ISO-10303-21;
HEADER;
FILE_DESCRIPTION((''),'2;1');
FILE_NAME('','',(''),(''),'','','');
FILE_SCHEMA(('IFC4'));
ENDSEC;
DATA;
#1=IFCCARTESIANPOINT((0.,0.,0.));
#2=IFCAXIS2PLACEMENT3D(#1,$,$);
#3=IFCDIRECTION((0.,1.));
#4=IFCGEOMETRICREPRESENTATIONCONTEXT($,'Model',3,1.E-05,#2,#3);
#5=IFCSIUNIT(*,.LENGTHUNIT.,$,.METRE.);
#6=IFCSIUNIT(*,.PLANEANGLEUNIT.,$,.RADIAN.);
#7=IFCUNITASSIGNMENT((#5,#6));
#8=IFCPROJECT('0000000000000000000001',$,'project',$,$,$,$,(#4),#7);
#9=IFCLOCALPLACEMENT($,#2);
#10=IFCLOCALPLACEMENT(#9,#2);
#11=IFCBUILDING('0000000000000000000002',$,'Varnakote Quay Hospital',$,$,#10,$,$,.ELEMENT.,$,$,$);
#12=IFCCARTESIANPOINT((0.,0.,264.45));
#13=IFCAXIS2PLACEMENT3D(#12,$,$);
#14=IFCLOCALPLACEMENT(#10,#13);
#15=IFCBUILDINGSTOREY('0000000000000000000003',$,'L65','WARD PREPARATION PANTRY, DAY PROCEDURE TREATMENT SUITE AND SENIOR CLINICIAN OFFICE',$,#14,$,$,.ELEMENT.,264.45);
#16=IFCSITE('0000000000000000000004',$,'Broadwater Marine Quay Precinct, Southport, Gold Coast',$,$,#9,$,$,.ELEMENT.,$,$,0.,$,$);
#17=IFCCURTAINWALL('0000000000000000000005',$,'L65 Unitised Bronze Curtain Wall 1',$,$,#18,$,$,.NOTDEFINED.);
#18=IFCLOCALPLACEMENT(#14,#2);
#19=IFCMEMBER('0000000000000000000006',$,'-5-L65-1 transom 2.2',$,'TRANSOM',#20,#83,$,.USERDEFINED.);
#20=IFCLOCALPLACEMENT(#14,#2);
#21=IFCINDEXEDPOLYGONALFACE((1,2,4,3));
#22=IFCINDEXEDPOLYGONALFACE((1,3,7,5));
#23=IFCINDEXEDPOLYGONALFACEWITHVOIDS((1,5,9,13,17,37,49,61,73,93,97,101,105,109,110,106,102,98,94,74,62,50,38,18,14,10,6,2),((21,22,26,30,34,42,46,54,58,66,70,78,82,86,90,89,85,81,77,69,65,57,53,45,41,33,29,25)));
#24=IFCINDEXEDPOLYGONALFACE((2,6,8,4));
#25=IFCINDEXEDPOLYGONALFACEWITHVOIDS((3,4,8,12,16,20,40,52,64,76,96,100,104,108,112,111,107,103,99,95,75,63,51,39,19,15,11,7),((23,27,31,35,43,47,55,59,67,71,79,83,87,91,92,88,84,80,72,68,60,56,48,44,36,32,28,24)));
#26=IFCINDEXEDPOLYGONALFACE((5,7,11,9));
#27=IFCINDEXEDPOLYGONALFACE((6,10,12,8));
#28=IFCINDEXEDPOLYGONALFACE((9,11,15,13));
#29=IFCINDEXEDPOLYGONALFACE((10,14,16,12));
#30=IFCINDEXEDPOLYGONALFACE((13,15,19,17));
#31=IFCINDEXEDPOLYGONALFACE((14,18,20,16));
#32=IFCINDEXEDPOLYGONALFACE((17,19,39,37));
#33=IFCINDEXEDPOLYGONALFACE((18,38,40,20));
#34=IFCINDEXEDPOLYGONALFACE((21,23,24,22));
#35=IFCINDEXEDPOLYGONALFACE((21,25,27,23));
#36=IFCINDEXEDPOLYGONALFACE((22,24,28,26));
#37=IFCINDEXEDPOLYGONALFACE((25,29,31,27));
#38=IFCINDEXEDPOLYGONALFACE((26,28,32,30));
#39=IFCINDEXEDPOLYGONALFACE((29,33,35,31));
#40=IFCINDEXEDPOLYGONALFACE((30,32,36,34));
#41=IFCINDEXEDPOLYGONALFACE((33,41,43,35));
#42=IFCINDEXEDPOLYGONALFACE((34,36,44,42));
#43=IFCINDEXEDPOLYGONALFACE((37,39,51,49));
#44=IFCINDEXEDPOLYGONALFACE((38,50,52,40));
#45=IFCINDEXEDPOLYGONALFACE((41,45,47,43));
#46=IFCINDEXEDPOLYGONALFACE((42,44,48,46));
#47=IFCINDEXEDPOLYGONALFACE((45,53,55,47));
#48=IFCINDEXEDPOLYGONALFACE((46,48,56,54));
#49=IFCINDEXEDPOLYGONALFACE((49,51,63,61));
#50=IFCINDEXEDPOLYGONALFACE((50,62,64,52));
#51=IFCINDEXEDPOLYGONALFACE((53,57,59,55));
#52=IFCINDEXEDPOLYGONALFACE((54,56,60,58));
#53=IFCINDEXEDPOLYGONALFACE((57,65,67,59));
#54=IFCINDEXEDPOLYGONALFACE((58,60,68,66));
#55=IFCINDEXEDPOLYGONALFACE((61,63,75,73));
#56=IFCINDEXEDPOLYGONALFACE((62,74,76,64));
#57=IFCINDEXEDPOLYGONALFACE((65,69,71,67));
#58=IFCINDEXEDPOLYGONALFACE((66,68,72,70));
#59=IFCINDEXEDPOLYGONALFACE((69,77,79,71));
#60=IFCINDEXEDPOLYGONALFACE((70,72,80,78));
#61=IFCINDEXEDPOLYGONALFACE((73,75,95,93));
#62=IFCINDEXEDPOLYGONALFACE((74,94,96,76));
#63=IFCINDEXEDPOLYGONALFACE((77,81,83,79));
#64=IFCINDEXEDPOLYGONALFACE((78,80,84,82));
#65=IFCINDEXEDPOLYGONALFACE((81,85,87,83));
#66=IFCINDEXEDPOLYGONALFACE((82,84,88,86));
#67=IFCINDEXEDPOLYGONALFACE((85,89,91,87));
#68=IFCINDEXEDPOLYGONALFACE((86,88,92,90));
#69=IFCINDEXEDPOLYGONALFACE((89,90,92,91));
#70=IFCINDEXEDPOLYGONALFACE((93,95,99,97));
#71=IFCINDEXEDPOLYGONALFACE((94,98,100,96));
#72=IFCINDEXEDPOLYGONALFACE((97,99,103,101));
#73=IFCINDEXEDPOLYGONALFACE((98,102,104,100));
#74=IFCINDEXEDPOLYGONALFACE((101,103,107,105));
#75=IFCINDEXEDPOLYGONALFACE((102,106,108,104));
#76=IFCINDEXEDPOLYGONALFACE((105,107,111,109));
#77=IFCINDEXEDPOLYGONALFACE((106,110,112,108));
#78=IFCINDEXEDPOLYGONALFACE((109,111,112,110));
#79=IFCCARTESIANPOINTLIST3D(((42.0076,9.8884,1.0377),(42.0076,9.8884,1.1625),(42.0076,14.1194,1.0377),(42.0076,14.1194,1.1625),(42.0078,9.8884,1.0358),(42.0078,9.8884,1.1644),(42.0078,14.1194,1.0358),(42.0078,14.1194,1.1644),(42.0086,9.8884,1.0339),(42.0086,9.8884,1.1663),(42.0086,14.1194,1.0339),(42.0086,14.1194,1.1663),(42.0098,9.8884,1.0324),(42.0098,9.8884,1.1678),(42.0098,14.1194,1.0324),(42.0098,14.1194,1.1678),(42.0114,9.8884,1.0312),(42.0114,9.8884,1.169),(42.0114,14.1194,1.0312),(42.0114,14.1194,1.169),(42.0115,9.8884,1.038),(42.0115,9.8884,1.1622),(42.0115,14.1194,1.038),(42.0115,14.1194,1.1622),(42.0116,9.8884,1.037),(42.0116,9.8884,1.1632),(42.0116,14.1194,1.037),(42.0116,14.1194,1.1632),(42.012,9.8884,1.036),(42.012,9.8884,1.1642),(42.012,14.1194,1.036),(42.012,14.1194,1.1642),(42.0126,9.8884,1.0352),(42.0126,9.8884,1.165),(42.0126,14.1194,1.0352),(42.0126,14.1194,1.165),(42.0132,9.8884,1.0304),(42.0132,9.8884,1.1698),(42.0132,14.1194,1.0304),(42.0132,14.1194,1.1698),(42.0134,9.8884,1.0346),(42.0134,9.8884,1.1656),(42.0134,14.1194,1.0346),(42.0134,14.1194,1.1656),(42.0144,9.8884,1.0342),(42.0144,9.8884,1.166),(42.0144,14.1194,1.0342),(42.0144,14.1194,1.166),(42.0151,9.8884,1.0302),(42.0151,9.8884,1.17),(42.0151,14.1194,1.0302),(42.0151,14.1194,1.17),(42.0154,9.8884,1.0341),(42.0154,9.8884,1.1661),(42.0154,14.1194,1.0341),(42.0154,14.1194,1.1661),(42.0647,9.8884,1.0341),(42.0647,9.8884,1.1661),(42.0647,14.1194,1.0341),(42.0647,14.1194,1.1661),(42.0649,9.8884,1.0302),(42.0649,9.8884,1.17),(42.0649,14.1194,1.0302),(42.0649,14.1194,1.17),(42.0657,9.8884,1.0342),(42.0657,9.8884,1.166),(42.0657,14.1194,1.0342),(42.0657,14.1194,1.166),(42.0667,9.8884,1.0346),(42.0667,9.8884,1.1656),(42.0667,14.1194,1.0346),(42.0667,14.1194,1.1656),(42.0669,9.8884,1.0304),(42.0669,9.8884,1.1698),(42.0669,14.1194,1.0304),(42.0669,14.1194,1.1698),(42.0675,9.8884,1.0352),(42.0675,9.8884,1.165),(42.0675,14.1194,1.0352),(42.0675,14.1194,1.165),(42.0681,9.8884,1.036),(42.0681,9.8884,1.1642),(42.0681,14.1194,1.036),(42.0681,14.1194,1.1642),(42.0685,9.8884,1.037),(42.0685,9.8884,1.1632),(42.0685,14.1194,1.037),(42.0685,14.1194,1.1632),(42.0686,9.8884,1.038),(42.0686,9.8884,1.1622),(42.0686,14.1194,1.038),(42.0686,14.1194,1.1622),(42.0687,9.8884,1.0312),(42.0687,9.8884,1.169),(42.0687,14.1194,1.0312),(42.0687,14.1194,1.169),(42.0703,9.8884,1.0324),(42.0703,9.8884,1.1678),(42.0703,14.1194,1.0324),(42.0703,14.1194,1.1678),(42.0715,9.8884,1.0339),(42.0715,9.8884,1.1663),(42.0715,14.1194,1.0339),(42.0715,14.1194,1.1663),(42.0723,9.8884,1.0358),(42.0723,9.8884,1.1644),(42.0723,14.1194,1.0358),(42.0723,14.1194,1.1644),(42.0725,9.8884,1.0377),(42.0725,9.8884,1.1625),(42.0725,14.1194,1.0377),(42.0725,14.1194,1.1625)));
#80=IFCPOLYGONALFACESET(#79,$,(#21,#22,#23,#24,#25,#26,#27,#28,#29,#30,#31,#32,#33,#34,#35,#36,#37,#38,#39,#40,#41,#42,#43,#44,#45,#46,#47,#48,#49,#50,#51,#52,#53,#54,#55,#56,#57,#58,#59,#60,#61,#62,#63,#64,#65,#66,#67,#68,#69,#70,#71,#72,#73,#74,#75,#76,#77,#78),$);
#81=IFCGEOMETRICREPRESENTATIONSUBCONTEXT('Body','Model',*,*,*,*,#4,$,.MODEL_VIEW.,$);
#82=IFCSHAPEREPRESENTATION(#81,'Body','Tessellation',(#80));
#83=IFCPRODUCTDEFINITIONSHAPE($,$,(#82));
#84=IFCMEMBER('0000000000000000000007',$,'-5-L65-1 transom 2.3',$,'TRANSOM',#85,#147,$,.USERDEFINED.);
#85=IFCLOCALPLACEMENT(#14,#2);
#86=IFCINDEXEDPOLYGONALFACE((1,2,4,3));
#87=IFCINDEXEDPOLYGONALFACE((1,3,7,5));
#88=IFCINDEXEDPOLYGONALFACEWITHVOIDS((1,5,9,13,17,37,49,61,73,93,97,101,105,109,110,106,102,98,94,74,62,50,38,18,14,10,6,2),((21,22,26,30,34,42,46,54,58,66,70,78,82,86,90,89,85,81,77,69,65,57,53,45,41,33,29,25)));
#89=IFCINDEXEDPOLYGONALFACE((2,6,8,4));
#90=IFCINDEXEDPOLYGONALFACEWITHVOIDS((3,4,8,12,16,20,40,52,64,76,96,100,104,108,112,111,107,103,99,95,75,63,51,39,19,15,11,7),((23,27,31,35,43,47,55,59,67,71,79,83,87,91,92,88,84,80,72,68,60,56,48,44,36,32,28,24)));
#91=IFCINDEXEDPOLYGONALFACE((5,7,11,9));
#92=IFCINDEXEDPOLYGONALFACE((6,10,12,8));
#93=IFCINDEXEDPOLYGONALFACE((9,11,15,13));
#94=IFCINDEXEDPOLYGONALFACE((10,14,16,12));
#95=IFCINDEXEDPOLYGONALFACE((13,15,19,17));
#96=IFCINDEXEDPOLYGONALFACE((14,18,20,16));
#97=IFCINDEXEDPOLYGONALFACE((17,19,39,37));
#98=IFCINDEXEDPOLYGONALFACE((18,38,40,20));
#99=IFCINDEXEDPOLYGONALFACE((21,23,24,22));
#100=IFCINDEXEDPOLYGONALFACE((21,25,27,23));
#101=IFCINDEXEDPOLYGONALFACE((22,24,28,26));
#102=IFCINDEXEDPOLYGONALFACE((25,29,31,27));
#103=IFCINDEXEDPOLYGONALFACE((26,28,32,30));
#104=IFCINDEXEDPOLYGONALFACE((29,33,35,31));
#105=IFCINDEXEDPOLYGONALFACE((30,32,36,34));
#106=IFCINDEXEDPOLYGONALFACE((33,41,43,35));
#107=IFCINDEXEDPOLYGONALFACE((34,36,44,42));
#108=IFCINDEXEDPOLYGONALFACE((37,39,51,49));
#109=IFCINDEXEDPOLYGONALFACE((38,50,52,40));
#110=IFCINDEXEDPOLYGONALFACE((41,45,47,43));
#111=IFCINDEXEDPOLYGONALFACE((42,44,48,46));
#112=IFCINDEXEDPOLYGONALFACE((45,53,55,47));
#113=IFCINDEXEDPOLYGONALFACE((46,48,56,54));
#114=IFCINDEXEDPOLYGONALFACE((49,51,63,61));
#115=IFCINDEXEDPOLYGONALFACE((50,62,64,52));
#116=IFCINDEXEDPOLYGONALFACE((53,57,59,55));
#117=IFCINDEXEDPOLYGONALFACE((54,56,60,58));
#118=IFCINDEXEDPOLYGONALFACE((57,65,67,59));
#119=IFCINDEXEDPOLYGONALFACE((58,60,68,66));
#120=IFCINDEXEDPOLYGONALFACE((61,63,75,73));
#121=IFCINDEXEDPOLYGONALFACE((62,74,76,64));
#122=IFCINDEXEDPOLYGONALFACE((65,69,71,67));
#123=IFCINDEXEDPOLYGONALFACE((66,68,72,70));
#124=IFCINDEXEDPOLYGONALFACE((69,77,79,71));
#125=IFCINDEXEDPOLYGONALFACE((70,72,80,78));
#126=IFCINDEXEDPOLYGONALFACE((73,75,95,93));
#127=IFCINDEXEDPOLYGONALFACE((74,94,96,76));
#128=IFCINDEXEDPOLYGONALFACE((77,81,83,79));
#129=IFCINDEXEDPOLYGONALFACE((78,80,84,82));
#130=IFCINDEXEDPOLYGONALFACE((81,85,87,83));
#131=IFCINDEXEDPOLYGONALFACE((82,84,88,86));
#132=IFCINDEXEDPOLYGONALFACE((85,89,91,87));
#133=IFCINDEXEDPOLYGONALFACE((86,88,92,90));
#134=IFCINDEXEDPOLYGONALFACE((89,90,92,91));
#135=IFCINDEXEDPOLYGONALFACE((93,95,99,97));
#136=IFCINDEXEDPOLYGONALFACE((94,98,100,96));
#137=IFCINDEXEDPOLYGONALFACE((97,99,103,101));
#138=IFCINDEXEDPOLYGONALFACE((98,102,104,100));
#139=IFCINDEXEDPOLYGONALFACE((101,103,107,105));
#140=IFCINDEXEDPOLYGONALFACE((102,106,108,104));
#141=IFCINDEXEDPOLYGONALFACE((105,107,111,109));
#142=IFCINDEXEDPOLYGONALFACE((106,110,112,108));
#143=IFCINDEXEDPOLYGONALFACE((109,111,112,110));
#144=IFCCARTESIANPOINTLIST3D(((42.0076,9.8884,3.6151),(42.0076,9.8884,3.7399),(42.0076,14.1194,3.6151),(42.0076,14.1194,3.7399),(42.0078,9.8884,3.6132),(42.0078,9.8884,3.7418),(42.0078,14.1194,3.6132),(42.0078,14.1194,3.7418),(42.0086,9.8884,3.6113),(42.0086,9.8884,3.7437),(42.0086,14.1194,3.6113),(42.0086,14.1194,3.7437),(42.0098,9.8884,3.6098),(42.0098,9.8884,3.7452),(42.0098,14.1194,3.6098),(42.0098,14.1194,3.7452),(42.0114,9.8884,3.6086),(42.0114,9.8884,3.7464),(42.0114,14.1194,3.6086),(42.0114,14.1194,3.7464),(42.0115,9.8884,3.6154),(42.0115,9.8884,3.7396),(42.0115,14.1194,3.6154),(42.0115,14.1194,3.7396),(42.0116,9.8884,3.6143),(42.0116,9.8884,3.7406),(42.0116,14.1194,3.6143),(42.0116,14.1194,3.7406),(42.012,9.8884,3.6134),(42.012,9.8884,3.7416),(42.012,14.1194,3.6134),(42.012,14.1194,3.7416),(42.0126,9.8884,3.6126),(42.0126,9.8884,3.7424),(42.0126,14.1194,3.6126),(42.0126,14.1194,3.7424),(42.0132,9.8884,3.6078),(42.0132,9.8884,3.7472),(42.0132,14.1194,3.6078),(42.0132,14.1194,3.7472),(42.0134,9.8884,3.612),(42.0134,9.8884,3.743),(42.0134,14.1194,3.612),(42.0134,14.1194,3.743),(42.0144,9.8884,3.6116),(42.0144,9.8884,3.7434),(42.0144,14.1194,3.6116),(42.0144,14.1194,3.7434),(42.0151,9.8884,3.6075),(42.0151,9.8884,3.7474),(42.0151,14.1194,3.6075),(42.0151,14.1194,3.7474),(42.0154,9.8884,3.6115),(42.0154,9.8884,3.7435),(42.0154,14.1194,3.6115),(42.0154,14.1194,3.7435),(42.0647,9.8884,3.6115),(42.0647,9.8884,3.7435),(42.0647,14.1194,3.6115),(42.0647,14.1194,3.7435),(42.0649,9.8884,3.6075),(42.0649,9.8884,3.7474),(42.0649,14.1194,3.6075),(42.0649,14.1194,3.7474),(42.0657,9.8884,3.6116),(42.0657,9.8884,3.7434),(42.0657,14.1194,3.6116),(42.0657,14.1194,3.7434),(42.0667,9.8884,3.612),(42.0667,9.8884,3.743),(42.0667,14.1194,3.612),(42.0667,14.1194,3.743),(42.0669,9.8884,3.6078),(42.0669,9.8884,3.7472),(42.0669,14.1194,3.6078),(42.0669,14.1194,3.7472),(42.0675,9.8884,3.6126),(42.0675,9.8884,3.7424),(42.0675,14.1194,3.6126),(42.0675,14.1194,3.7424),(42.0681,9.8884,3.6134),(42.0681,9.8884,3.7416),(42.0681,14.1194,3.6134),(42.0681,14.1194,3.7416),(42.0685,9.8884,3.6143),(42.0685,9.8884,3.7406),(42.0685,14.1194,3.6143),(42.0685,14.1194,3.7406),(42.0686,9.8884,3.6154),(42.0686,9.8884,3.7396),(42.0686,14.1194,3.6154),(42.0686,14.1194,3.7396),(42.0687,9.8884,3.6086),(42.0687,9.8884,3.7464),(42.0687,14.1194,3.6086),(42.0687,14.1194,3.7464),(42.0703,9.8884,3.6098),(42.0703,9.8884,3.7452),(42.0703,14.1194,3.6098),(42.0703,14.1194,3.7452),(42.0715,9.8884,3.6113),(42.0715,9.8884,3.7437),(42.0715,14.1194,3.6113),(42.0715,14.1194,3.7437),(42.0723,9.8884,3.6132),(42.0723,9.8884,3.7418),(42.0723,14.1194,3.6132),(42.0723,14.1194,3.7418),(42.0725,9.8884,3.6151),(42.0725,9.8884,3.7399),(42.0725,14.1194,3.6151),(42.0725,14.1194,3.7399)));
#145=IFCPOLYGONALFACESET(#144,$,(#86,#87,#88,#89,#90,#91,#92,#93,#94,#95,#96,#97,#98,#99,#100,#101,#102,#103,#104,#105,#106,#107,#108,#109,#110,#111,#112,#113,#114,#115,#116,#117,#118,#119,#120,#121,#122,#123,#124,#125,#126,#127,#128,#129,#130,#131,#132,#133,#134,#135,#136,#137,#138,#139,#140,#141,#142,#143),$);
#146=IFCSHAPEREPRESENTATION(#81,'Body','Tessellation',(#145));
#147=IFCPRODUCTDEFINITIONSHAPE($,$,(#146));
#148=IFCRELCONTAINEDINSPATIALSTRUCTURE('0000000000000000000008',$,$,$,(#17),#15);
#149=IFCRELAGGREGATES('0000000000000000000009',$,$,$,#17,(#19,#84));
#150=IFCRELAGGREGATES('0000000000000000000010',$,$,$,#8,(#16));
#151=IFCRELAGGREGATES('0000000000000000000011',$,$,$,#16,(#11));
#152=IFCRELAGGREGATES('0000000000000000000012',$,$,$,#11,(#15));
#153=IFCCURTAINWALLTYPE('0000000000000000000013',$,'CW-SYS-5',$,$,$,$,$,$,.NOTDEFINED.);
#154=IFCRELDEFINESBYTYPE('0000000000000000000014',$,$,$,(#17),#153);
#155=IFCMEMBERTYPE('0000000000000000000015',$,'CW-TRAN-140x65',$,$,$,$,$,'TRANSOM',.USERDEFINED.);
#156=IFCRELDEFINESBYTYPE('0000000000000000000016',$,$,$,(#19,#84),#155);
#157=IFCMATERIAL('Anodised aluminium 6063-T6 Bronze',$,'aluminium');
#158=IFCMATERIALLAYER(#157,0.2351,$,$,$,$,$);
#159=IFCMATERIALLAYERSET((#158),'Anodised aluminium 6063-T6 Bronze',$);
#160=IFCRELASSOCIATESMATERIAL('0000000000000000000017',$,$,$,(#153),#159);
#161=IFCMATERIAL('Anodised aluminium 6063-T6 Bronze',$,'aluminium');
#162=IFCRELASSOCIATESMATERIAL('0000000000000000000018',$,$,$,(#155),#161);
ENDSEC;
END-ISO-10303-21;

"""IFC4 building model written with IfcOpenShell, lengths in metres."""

from ifc_helpers import new_model, si_unit, direction, frame, origin, origin_2d, place, context, subcontext, project, spatial, hollow_rectangle, extrude, material, layer, layer_set, material_profile, profile_set, type_object, element, aggregate, save


model = new_model("IFC4")

# Units and contexts
model_context = context("Model", 3, precision=1e-05, world=origin(), true_north=direction((0.0, 1.0)))
body_context = subcontext(model_context, "Body", "Model", "MODEL_VIEW")
ifc_project = project(units=[si_unit("LENGTHUNIT", "METRE"), si_unit("PLANEANGLEUNIT", "RADIAN")], contexts=[model_context])

# Site, building, storey
site_placement = place(None, origin())
site = spatial("IfcSite", under=ifc_project, at=site_placement, Name="Broadwater Marine Quay Precinct, Southport, Gold Coast", CompositionType="ELEMENT", RefElevation=0.0)
building_placement = place(site_placement, origin())
building = spatial("IfcBuilding", under=site, at=building_placement, Name="Varnakote Quay Hospital", CompositionType="ELEMENT")
storey_placement = place(building_placement, frame((0.0, 0.0, 264.45)))
storey = spatial("IfcBuildingStorey", under=building, at=storey_placement, Name="L65", Description="WARD PREPARATION PANTRY, DAY PROCEDURE TREATMENT SUITE AND SENIOR CLINICIAN OFFICE", CompositionType="ELEMENT", Elevation=264.45)

# Curtain wall, members
ifc_material_1 = material(Name="Anodised aluminium 6063-T6 Bronze", Category="aluminium")
ifc_layer_1 = layer(ifc_material_1, 0.2351)
ifc_layer_set_1 = layer_set([ifc_layer_1], Name="Anodised aluminium 6063-T6 Bronze")
curtain_wall_type = type_object("IfcCurtainWallType", Name="CW-SYS-5", PredefinedType="NOTDEFINED", material=ifc_layer_set_1)
curtain_wall_placement = place(storey_placement, origin())
curtain_wall = element("IfcCurtainWall", 1, at=curtain_wall_placement, inside=storey, type_object=curtain_wall_type, Name="L65 Unitised Bronze Curtain Wall 1", PredefinedType="NOTDEFINED")
ifc_material_2 = material(Name="Anodised aluminium 6063-T6 Bronze", Category="aluminium")
ifc_material_profile_1 = material_profile(ifc_material_2, hollow_rectangle(XDim=0.0649, YDim=0.1399, WallThickness=0.0039, InnerFilletRadius=0.0039, OuterFilletRadius=0.0076, at=origin_2d()), Name="CW-TRAN-140x65")
ifc_profile_set_1 = profile_set([ifc_material_profile_1], Name="Anodised aluminium 6063-T6 Bronze")
member_type_1 = type_object("IfcMemberType", Name="CW-TRAN-140x65", ElementType="TRANSOM", PredefinedType="USERDEFINED", material=ifc_profile_set_1)
member_1_placement = place(storey_placement, frame((42.04, 9.8884, 1.1001), z_axis=(0.0, 1.0, 0.0), x_axis=(-1.0, 0.0, 0.0)))
member_1 = element("IfcMember", 2, at=member_1_placement, type_object=member_type_1, Name="-5-L65-1 transom 2.2", ObjectType="TRANSOM", PredefinedType="USERDEFINED", context=body_context, shape_type="SweptSolid", body=[
    extrude(hollow_rectangle(XDim=0.0649, YDim=0.1399, WallThickness=0.0039, InnerFilletRadius=0.0039, OuterFilletRadius=0.0076, at=origin_2d()), origin(), (0.0, 0.0, 1.0), 4.231),
])
member_2_placement = place(storey_placement, frame((42.04, 9.8884, 3.6775), z_axis=(0.0, 1.0, 0.0), x_axis=(-1.0, 0.0, 0.0)))
member_2 = element("IfcMember", 3, at=member_2_placement, type_object=member_type_1, Name="-5-L65-1 transom 2.3", ObjectType="TRANSOM", PredefinedType="USERDEFINED", context=body_context, shape_type="SweptSolid", body=[
    extrude(hollow_rectangle(XDim=0.0649, YDim=0.1399, WallThickness=0.0039, InnerFilletRadius=0.0039, OuterFilletRadius=0.0076, at=origin_2d()), origin(), (0.0, 0.0, 1.0), 4.231),
])
aggregate(curtain_wall, [member_1, member_2])

save(model, "model.ifc")
